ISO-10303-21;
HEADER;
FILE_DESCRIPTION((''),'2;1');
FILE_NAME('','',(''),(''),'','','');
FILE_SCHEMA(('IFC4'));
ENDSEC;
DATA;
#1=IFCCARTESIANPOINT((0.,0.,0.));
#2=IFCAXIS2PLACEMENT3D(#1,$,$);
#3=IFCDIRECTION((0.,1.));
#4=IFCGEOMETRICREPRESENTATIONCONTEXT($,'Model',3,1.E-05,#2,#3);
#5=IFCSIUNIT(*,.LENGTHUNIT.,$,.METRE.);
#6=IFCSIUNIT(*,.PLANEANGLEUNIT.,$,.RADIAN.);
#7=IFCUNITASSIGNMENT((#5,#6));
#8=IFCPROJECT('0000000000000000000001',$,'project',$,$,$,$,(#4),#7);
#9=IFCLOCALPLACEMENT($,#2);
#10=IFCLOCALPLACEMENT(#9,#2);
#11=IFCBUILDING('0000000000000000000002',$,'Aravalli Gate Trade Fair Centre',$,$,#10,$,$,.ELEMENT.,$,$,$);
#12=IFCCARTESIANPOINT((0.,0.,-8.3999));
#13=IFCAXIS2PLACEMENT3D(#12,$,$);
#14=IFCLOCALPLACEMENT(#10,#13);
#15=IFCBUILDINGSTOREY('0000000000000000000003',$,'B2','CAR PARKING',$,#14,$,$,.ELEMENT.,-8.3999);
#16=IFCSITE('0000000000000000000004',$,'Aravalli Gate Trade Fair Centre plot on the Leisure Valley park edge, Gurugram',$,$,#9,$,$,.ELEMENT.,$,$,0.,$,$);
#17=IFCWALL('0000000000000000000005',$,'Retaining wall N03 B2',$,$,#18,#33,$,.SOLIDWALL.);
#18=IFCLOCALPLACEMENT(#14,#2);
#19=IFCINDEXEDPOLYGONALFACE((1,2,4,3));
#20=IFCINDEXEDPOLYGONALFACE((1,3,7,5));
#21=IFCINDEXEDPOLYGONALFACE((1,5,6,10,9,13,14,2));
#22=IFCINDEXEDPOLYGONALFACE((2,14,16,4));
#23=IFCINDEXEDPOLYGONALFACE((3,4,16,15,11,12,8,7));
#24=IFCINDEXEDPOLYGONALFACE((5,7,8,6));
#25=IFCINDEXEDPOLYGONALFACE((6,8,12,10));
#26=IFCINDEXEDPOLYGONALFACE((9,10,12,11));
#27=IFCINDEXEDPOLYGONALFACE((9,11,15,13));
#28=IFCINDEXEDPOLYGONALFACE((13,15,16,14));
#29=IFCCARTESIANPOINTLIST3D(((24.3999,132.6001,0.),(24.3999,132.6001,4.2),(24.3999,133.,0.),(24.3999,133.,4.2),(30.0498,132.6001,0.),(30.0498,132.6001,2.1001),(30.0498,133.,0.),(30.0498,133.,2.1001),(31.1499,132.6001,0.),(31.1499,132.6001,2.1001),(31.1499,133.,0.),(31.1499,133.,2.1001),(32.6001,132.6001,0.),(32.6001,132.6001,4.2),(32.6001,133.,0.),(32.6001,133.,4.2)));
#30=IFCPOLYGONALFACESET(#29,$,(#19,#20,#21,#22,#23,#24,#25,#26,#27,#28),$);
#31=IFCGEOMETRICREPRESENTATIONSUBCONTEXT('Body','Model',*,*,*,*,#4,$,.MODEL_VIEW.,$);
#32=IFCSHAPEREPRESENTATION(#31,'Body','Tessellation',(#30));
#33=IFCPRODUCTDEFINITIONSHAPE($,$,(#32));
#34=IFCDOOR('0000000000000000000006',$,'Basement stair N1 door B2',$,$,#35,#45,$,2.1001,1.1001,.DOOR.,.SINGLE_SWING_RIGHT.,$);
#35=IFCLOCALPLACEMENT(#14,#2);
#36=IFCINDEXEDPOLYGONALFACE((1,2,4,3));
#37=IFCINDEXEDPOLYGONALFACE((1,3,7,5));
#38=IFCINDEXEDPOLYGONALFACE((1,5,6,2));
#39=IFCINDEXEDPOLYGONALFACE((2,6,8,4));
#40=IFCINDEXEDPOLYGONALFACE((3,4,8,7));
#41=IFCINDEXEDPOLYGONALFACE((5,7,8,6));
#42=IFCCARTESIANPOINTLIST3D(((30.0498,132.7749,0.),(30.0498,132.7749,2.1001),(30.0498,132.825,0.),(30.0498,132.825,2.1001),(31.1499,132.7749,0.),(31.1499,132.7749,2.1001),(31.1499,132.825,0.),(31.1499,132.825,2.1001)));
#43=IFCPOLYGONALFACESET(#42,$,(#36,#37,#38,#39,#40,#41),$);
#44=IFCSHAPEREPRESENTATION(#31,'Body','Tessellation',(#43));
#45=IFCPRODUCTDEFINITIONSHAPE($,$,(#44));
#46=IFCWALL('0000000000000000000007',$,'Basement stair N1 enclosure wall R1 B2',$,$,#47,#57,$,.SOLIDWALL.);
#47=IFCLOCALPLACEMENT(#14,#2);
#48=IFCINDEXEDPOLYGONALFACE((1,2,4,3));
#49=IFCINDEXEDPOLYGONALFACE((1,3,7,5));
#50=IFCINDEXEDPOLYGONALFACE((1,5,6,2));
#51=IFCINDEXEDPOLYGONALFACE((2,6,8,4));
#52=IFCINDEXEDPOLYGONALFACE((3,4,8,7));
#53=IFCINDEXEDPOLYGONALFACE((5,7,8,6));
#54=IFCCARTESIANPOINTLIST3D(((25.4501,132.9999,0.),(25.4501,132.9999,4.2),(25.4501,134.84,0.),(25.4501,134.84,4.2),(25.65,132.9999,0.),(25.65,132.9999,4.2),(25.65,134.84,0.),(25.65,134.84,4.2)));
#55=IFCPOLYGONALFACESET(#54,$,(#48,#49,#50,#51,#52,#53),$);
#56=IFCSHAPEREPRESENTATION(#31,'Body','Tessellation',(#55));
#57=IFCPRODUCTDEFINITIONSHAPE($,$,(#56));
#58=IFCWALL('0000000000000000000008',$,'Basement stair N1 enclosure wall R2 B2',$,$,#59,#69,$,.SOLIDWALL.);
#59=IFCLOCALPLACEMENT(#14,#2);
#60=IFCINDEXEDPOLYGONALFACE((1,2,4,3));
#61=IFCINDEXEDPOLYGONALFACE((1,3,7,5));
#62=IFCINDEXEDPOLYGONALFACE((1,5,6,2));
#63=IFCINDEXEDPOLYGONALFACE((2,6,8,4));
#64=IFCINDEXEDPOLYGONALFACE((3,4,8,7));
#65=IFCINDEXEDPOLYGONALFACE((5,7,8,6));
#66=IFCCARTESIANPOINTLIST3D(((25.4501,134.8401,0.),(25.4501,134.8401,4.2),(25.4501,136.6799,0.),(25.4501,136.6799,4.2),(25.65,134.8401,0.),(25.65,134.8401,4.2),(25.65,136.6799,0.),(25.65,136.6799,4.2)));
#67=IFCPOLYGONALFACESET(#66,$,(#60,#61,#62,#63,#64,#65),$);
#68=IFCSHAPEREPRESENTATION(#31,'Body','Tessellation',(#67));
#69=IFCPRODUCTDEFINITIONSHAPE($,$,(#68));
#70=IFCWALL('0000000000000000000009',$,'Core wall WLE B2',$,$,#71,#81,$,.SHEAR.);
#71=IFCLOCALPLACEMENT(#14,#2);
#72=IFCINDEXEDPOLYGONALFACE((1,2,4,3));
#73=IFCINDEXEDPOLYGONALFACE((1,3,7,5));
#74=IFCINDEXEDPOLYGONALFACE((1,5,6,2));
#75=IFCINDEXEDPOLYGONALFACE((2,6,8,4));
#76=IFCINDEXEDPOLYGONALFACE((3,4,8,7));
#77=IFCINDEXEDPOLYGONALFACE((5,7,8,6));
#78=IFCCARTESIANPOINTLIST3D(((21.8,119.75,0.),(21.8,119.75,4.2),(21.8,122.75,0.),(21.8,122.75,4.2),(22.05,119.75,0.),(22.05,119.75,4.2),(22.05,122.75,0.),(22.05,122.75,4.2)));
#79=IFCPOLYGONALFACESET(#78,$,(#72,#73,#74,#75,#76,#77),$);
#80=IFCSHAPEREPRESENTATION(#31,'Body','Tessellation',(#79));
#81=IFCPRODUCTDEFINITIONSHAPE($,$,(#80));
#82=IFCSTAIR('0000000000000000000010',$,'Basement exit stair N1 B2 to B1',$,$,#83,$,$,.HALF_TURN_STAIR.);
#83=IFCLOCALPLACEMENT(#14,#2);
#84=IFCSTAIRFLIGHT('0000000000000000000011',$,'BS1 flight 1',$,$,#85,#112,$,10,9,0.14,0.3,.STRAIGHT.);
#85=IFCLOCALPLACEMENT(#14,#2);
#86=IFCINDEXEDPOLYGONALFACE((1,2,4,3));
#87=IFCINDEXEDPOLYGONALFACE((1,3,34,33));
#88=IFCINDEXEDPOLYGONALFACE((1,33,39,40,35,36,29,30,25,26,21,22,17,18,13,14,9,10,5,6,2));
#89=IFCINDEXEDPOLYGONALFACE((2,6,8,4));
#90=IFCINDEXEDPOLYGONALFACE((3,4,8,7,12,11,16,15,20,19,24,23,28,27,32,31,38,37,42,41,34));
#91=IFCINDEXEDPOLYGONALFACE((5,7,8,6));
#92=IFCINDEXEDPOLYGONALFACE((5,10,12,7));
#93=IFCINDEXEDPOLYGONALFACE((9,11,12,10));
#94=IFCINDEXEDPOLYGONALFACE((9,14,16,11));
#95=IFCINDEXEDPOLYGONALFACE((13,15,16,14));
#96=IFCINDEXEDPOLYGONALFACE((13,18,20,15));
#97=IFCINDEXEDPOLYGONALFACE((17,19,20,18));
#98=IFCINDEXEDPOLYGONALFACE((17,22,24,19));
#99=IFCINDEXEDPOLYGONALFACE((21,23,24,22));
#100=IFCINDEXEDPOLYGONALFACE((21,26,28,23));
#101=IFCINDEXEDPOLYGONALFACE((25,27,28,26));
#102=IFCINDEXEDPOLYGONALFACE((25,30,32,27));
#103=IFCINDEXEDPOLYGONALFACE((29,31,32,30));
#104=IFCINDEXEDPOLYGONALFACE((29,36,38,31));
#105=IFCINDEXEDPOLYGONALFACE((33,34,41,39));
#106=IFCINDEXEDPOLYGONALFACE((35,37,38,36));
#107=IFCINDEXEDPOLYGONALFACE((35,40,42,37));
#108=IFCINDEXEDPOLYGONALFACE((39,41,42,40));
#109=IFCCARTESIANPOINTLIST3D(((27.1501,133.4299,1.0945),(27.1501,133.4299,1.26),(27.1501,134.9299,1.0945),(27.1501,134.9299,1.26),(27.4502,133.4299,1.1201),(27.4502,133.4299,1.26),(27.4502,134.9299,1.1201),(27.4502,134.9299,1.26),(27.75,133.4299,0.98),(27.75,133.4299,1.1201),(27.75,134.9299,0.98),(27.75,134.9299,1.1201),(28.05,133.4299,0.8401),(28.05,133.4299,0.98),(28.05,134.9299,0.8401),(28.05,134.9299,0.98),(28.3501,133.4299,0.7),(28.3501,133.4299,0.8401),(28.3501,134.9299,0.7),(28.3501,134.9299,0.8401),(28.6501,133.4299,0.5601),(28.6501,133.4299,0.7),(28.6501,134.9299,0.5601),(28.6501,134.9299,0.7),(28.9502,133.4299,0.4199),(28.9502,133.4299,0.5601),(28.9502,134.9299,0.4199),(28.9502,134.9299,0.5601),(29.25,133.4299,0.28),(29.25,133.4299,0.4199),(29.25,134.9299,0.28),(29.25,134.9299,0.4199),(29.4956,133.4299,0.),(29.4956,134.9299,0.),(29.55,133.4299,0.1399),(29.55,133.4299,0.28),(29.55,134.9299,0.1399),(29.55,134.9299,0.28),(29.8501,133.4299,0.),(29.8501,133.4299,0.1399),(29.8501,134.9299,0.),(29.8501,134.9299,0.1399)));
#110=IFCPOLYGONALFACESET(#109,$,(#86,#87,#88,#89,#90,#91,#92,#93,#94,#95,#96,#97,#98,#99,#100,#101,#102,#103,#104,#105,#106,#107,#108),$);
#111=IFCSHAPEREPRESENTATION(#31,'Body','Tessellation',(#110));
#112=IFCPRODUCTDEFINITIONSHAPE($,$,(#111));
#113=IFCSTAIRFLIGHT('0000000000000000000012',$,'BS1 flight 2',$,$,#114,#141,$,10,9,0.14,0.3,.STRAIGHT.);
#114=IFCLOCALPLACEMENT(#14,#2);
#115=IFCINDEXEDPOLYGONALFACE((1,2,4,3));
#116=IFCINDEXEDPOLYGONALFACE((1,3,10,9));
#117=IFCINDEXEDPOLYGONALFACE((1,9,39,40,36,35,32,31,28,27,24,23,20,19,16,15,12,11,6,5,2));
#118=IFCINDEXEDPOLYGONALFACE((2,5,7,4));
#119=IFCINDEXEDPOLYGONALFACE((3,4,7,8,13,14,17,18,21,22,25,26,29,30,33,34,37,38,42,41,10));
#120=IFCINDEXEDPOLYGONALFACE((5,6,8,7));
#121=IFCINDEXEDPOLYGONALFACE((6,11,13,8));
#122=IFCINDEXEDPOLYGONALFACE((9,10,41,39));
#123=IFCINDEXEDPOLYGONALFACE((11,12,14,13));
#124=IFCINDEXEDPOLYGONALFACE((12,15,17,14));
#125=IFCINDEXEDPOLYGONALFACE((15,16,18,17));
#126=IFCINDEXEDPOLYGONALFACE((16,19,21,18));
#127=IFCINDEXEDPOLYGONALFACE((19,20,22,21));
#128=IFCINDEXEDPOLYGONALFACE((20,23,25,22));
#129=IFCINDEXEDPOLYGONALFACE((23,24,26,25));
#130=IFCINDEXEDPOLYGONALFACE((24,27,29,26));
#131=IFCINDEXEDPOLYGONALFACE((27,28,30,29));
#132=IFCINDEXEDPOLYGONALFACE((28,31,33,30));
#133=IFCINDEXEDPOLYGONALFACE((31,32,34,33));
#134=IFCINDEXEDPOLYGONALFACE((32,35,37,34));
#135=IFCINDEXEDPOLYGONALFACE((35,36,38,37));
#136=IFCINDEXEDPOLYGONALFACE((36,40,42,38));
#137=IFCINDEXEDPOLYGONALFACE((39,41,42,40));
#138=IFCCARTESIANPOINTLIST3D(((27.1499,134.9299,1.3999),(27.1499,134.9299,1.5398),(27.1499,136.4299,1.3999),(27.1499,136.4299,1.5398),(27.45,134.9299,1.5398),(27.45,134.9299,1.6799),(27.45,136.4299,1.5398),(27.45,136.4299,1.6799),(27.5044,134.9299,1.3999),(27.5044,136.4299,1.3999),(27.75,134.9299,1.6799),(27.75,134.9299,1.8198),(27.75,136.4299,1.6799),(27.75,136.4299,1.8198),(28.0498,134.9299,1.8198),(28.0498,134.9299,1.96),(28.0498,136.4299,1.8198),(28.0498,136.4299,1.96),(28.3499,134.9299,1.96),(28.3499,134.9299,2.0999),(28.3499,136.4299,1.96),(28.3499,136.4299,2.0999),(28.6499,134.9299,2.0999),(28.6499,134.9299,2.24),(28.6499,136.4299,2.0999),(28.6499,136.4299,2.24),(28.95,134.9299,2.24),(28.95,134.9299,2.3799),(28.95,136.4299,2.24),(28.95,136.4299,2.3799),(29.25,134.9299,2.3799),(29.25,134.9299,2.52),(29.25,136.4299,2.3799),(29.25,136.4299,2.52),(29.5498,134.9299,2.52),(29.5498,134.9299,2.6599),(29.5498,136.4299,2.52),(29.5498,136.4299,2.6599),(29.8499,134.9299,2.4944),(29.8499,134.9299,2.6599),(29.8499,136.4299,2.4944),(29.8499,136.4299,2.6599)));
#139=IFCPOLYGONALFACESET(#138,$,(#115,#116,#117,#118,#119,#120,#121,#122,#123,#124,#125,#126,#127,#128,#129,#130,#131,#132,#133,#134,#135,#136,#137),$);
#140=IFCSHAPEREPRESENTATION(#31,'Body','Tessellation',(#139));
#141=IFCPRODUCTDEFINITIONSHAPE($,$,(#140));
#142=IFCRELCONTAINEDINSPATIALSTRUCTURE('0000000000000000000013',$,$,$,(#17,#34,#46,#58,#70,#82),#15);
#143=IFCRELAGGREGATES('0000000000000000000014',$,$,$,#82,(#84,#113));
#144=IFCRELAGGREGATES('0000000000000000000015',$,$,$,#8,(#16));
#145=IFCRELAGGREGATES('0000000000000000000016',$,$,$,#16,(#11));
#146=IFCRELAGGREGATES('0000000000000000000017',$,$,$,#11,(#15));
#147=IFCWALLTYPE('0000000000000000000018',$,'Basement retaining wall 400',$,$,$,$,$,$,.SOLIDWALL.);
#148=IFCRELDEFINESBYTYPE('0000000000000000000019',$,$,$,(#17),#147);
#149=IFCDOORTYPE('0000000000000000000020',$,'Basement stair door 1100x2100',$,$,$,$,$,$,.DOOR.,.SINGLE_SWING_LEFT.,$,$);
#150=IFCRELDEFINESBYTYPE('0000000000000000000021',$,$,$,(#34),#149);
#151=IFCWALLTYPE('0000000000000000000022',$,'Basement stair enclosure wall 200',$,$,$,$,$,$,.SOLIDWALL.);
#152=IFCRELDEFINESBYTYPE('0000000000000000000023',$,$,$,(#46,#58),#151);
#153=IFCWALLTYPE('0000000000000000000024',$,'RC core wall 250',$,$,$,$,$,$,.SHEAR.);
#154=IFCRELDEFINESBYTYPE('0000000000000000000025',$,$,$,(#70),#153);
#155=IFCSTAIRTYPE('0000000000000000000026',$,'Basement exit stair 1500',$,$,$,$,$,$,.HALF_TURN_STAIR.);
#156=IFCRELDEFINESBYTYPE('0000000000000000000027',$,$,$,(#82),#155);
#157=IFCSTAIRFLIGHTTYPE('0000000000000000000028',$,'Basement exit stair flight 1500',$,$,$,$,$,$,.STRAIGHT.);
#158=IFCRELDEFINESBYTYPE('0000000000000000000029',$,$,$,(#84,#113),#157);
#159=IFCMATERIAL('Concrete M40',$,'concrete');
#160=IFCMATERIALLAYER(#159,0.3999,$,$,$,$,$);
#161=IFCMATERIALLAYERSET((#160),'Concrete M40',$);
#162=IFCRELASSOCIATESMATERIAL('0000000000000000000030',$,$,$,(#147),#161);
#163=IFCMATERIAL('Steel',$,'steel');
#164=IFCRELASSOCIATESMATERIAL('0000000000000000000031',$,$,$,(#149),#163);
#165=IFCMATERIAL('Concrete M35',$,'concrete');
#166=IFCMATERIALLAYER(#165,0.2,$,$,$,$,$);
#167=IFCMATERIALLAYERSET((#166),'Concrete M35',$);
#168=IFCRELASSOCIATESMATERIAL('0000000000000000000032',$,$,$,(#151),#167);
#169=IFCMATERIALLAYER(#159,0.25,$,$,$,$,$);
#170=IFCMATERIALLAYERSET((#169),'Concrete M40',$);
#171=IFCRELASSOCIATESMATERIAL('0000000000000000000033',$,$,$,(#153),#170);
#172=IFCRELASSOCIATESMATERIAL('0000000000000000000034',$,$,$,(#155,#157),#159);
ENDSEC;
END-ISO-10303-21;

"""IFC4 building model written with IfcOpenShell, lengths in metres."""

from ifc_helpers import new_model, si_unit, direction, frame, frame_2d, origin, place, context, subcontext, project, spatial, polyline, rectangle, outline, extrude, material, layer, layer_set, type_object, element, fill, aggregate, save


model = new_model("IFC4")

# Units and contexts
model_context = context("Model", 3, precision=1e-05, world=origin(), true_north=direction((0.0, 1.0)))
body_context = subcontext(model_context, "Body", "Model", "MODEL_VIEW")
ifc_project = project(units=[si_unit("LENGTHUNIT", "METRE"), si_unit("PLANEANGLEUNIT", "RADIAN")], contexts=[model_context])

# Site, building, storey
site_placement = place(None, origin())
site = spatial("IfcSite", under=ifc_project, at=site_placement, Name="Aravalli Gate Trade Fair Centre plot on the Leisure Valley park edge, Gurugram", CompositionType="ELEMENT", RefElevation=0.0)
building_placement = place(site_placement, origin())
building = spatial("IfcBuilding", under=site, at=building_placement, Name="Aravalli Gate Trade Fair Centre", CompositionType="ELEMENT")
storey_placement = place(building_placement, frame((0.0, 0.0, -8.3999)))
storey = spatial("IfcBuildingStorey", under=building, at=storey_placement, Name="B2", Description="CAR PARKING", CompositionType="ELEMENT", Elevation=-8.3999)

# Shared definitions
ifc_material_1 = material(Name="Concrete M35", Category="concrete")

# Wall, opening, door
ifc_material_2 = material(Name="Steel", Category="steel")
ifc_material_3 = material(Name="Concrete M40", Category="concrete")
ifc_layer_1 = layer(ifc_material_3, 0.3999)
ifc_layer_set_1 = layer_set([ifc_layer_1], Name="Concrete M40")
wall_type_1 = type_object("IfcWallType", Name="Basement retaining wall 400", PredefinedType="SOLIDWALL", material=ifc_layer_set_1)
wall_1_placement = place(storey_placement, frame((24.3999, 132.8, 0.0), z_axis=(0.0, 0.0, 1.0), x_axis=(1.0, 0.0, 0.0)))
wall_1 = element("IfcWall", 1, at=wall_1_placement, inside=storey, type_object=wall_type_1, Name="Retaining wall N03 B2", PredefinedType="SOLIDWALL", context=body_context, shape_type="SweptSolid", body=[
    extrude(rectangle(XDim=8.2002, YDim=0.3999, at=frame_2d((4.1001, 0.0))), origin(), (0.0, 0.0, 1.0), 4.2),
])
opening_1_placement = place(wall_1_placement, frame((5.6499, 0.0, 0.0)))
opening_1 = element("IfcOpeningElement", 2, at=opening_1_placement, cuts=wall_1, PredefinedType="OPENING", context=body_context, shape_type="SweptSolid", body=[
    extrude(rectangle(XDim=1.1001, YDim=2.1001, at=frame_2d((0.55, 1.05))), frame((0.0, 0.21, 0.0), z_axis=(0.0, -1.0, 0.0), x_axis=(1.0, 0.0, 0.0)), (0.0, 0.0, 1.0), 0.4199),
])
door_type_1 = type_object("IfcDoorType", Name="Basement stair door 1100x2100", OperationType="SINGLE_SWING_LEFT", PredefinedType="DOOR", material=ifc_material_2)
door_1_placement = place(opening_1_placement, origin())
door_1 = element("IfcDoor", 3, at=door_1_placement, inside=storey, type_object=door_type_1, Name="Basement stair N1 door B2", OperationType="SINGLE_SWING_RIGHT", OverallHeight=2.1001, OverallWidth=1.1001, PredefinedType="DOOR", context=body_context, shape_type="SweptSolid", body=[
    extrude(rectangle(XDim=1.1001, YDim=2.1001, at=frame_2d((0.55, 1.05))), frame((0.0, 0.0249, 0.0), z_axis=(0.0, -1.0, 0.0), x_axis=(1.0, 0.0, 0.0)), (0.0, 0.0, 1.0), 0.05),
])
fill(opening_1, door_1)

# Walls
ifc_layer_2 = layer(ifc_material_1, 0.2)
ifc_layer_set_2 = layer_set([ifc_layer_2], Name="Concrete M35")
wall_type_2 = type_object("IfcWallType", Name="Basement stair enclosure wall 200", PredefinedType="SOLIDWALL", material=ifc_layer_set_2)
wall_2_placement = place(storey_placement, frame((25.55, 133.0, 0.0), z_axis=(0.0, 0.0, 1.0), x_axis=(0.0, 1.0, 0.0)))
element("IfcWall", 4, at=wall_2_placement, inside=storey, type_object=wall_type_2, Name="Basement stair N1 enclosure wall R1 B2", PredefinedType="SOLIDWALL", context=body_context, shape_type="SweptSolid", body=[
    extrude(rectangle(XDim=1.8401, YDim=0.2, at=frame_2d((0.9199, 0.0))), origin(), (0.0, 0.0, 1.0), 4.2),
])
wall_3_placement = place(storey_placement, frame((25.55, 134.8401, 0.0), z_axis=(0.0, 0.0, 1.0), x_axis=(0.0, 1.0, 0.0)))
element("IfcWall", 5, at=wall_3_placement, inside=storey, type_object=wall_type_2, Name="Basement stair N1 enclosure wall R2 B2", PredefinedType="SOLIDWALL", context=body_context, shape_type="SweptSolid", body=[
    extrude(rectangle(XDim=1.8398, YDim=0.2, at=frame_2d((0.9199, 0.0))), origin(), (0.0, 0.0, 1.0), 4.2),
])
ifc_layer_3 = layer(ifc_material_3, 0.25)
ifc_layer_set_3 = layer_set([ifc_layer_3], Name="Concrete M40")
wall_type_3 = type_object("IfcWallType", Name="RC core wall 250", PredefinedType="SHEAR", material=ifc_layer_set_3)
wall_4_placement = place(storey_placement, frame((21.925, 119.75, 0.0), z_axis=(0.0, 0.0, 1.0), x_axis=(0.0, 1.0, 0.0)))
element("IfcWall", 6, at=wall_4_placement, inside=storey, type_object=wall_type_3, Name="Core wall WLE B2", PredefinedType="SHEAR", context=body_context, shape_type="SweptSolid", body=[
    extrude(rectangle(XDim=3.0, YDim=0.25, at=frame_2d((1.5, 0.0))), origin(), (0.0, 0.0, 1.0), 4.2),
])

# Stair, stair flights
stair_type = type_object("IfcStairType", Name="Basement exit stair 1500", PredefinedType="HALF_TURN_STAIR", material=ifc_material_3)
stair_placement = place(storey_placement, origin())
stair = element("IfcStair", 7, at=stair_placement, inside=storey, type_object=stair_type, Name="Basement exit stair N1 B2 to B1", PredefinedType="HALF_TURN_STAIR")
stair_flight_type = type_object("IfcStairFlightType", Name="Basement exit stair flight 1500", PredefinedType="STRAIGHT", material=ifc_material_3)
stair_flight_1_placement = place(storey_placement, frame((29.8501, 134.1799, 0.0), z_axis=(0.0, 0.0, 1.0), x_axis=(-1.0, 0.0, 0.0)))
stair_flight_1 = element("IfcStairFlight", 8, at=stair_flight_1_placement, type_object=stair_flight_type, Name="BS1 flight 1", NumberOfRisers=10, NumberOfTreads=9, PredefinedType="STRAIGHT", RiserHeight=0.14, TreadLength=0.3, context=body_context, shape_type="SweptSolid", body=[
    extrude(outline(polyline([(0.0, 0.0), (0.0, 0.1399), (0.3, 0.1399), (0.3, 0.28), (0.6001, 0.28), (0.6001, 0.4199), (0.8999, 0.4199), (0.8999, 0.5601), (1.2, 0.5601), (1.2, 0.7), (1.5, 0.7), (1.5, 0.8401), (1.8, 0.8401), (1.8, 0.98), (2.1001, 0.98), (2.1001, 1.1201), (2.3999, 1.1201), (2.3999, 1.26), (2.7, 1.26), (2.7, 1.3999), (2.7, 1.0945), (0.3545, 0.0), (0.0, 0.0)])), frame((0.0, 0.75, 0.0), z_axis=(0.0, -1.0, 0.0), x_axis=(1.0, 0.0, 0.0)), (0.0, 0.0, 1.0), 1.5),
])
stair_flight_2_placement = place(storey_placement, frame((27.1499, 135.6799, 1.3999), z_axis=(0.0, 0.0, 1.0), x_axis=(1.0, 0.0, 0.0)))
stair_flight_2 = element("IfcStairFlight", 9, at=stair_flight_2_placement, type_object=stair_flight_type, Name="BS1 flight 2", NumberOfRisers=10, NumberOfTreads=9, PredefinedType="STRAIGHT", RiserHeight=0.14, TreadLength=0.3, context=body_context, shape_type="SweptSolid", body=[
    extrude(outline(polyline([(0.0, 0.0), (0.0, 0.1399), (0.3, 0.1399), (0.3, 0.28), (0.6001, 0.28), (0.6001, 0.4199), (0.8999, 0.4199), (0.8999, 0.5601), (1.2, 0.5601), (1.2, 0.7), (1.5, 0.7), (1.5, 0.8401), (1.8, 0.8401), (1.8, 0.98), (2.1001, 0.98), (2.1001, 1.1201), (2.3999, 1.1201), (2.3999, 1.26), (2.7, 1.26), (2.7, 1.3999), (2.7, 1.0945), (0.3545, 0.0), (0.0, 0.0)])), frame((0.0, 0.75, 0.0), z_axis=(0.0, -1.0, 0.0), x_axis=(1.0, 0.0, 0.0)), (0.0, 0.0, 1.0), 1.5),
])
aggregate(stair, [stair_flight_1, stair_flight_2])

save(model, "model.ifc")
